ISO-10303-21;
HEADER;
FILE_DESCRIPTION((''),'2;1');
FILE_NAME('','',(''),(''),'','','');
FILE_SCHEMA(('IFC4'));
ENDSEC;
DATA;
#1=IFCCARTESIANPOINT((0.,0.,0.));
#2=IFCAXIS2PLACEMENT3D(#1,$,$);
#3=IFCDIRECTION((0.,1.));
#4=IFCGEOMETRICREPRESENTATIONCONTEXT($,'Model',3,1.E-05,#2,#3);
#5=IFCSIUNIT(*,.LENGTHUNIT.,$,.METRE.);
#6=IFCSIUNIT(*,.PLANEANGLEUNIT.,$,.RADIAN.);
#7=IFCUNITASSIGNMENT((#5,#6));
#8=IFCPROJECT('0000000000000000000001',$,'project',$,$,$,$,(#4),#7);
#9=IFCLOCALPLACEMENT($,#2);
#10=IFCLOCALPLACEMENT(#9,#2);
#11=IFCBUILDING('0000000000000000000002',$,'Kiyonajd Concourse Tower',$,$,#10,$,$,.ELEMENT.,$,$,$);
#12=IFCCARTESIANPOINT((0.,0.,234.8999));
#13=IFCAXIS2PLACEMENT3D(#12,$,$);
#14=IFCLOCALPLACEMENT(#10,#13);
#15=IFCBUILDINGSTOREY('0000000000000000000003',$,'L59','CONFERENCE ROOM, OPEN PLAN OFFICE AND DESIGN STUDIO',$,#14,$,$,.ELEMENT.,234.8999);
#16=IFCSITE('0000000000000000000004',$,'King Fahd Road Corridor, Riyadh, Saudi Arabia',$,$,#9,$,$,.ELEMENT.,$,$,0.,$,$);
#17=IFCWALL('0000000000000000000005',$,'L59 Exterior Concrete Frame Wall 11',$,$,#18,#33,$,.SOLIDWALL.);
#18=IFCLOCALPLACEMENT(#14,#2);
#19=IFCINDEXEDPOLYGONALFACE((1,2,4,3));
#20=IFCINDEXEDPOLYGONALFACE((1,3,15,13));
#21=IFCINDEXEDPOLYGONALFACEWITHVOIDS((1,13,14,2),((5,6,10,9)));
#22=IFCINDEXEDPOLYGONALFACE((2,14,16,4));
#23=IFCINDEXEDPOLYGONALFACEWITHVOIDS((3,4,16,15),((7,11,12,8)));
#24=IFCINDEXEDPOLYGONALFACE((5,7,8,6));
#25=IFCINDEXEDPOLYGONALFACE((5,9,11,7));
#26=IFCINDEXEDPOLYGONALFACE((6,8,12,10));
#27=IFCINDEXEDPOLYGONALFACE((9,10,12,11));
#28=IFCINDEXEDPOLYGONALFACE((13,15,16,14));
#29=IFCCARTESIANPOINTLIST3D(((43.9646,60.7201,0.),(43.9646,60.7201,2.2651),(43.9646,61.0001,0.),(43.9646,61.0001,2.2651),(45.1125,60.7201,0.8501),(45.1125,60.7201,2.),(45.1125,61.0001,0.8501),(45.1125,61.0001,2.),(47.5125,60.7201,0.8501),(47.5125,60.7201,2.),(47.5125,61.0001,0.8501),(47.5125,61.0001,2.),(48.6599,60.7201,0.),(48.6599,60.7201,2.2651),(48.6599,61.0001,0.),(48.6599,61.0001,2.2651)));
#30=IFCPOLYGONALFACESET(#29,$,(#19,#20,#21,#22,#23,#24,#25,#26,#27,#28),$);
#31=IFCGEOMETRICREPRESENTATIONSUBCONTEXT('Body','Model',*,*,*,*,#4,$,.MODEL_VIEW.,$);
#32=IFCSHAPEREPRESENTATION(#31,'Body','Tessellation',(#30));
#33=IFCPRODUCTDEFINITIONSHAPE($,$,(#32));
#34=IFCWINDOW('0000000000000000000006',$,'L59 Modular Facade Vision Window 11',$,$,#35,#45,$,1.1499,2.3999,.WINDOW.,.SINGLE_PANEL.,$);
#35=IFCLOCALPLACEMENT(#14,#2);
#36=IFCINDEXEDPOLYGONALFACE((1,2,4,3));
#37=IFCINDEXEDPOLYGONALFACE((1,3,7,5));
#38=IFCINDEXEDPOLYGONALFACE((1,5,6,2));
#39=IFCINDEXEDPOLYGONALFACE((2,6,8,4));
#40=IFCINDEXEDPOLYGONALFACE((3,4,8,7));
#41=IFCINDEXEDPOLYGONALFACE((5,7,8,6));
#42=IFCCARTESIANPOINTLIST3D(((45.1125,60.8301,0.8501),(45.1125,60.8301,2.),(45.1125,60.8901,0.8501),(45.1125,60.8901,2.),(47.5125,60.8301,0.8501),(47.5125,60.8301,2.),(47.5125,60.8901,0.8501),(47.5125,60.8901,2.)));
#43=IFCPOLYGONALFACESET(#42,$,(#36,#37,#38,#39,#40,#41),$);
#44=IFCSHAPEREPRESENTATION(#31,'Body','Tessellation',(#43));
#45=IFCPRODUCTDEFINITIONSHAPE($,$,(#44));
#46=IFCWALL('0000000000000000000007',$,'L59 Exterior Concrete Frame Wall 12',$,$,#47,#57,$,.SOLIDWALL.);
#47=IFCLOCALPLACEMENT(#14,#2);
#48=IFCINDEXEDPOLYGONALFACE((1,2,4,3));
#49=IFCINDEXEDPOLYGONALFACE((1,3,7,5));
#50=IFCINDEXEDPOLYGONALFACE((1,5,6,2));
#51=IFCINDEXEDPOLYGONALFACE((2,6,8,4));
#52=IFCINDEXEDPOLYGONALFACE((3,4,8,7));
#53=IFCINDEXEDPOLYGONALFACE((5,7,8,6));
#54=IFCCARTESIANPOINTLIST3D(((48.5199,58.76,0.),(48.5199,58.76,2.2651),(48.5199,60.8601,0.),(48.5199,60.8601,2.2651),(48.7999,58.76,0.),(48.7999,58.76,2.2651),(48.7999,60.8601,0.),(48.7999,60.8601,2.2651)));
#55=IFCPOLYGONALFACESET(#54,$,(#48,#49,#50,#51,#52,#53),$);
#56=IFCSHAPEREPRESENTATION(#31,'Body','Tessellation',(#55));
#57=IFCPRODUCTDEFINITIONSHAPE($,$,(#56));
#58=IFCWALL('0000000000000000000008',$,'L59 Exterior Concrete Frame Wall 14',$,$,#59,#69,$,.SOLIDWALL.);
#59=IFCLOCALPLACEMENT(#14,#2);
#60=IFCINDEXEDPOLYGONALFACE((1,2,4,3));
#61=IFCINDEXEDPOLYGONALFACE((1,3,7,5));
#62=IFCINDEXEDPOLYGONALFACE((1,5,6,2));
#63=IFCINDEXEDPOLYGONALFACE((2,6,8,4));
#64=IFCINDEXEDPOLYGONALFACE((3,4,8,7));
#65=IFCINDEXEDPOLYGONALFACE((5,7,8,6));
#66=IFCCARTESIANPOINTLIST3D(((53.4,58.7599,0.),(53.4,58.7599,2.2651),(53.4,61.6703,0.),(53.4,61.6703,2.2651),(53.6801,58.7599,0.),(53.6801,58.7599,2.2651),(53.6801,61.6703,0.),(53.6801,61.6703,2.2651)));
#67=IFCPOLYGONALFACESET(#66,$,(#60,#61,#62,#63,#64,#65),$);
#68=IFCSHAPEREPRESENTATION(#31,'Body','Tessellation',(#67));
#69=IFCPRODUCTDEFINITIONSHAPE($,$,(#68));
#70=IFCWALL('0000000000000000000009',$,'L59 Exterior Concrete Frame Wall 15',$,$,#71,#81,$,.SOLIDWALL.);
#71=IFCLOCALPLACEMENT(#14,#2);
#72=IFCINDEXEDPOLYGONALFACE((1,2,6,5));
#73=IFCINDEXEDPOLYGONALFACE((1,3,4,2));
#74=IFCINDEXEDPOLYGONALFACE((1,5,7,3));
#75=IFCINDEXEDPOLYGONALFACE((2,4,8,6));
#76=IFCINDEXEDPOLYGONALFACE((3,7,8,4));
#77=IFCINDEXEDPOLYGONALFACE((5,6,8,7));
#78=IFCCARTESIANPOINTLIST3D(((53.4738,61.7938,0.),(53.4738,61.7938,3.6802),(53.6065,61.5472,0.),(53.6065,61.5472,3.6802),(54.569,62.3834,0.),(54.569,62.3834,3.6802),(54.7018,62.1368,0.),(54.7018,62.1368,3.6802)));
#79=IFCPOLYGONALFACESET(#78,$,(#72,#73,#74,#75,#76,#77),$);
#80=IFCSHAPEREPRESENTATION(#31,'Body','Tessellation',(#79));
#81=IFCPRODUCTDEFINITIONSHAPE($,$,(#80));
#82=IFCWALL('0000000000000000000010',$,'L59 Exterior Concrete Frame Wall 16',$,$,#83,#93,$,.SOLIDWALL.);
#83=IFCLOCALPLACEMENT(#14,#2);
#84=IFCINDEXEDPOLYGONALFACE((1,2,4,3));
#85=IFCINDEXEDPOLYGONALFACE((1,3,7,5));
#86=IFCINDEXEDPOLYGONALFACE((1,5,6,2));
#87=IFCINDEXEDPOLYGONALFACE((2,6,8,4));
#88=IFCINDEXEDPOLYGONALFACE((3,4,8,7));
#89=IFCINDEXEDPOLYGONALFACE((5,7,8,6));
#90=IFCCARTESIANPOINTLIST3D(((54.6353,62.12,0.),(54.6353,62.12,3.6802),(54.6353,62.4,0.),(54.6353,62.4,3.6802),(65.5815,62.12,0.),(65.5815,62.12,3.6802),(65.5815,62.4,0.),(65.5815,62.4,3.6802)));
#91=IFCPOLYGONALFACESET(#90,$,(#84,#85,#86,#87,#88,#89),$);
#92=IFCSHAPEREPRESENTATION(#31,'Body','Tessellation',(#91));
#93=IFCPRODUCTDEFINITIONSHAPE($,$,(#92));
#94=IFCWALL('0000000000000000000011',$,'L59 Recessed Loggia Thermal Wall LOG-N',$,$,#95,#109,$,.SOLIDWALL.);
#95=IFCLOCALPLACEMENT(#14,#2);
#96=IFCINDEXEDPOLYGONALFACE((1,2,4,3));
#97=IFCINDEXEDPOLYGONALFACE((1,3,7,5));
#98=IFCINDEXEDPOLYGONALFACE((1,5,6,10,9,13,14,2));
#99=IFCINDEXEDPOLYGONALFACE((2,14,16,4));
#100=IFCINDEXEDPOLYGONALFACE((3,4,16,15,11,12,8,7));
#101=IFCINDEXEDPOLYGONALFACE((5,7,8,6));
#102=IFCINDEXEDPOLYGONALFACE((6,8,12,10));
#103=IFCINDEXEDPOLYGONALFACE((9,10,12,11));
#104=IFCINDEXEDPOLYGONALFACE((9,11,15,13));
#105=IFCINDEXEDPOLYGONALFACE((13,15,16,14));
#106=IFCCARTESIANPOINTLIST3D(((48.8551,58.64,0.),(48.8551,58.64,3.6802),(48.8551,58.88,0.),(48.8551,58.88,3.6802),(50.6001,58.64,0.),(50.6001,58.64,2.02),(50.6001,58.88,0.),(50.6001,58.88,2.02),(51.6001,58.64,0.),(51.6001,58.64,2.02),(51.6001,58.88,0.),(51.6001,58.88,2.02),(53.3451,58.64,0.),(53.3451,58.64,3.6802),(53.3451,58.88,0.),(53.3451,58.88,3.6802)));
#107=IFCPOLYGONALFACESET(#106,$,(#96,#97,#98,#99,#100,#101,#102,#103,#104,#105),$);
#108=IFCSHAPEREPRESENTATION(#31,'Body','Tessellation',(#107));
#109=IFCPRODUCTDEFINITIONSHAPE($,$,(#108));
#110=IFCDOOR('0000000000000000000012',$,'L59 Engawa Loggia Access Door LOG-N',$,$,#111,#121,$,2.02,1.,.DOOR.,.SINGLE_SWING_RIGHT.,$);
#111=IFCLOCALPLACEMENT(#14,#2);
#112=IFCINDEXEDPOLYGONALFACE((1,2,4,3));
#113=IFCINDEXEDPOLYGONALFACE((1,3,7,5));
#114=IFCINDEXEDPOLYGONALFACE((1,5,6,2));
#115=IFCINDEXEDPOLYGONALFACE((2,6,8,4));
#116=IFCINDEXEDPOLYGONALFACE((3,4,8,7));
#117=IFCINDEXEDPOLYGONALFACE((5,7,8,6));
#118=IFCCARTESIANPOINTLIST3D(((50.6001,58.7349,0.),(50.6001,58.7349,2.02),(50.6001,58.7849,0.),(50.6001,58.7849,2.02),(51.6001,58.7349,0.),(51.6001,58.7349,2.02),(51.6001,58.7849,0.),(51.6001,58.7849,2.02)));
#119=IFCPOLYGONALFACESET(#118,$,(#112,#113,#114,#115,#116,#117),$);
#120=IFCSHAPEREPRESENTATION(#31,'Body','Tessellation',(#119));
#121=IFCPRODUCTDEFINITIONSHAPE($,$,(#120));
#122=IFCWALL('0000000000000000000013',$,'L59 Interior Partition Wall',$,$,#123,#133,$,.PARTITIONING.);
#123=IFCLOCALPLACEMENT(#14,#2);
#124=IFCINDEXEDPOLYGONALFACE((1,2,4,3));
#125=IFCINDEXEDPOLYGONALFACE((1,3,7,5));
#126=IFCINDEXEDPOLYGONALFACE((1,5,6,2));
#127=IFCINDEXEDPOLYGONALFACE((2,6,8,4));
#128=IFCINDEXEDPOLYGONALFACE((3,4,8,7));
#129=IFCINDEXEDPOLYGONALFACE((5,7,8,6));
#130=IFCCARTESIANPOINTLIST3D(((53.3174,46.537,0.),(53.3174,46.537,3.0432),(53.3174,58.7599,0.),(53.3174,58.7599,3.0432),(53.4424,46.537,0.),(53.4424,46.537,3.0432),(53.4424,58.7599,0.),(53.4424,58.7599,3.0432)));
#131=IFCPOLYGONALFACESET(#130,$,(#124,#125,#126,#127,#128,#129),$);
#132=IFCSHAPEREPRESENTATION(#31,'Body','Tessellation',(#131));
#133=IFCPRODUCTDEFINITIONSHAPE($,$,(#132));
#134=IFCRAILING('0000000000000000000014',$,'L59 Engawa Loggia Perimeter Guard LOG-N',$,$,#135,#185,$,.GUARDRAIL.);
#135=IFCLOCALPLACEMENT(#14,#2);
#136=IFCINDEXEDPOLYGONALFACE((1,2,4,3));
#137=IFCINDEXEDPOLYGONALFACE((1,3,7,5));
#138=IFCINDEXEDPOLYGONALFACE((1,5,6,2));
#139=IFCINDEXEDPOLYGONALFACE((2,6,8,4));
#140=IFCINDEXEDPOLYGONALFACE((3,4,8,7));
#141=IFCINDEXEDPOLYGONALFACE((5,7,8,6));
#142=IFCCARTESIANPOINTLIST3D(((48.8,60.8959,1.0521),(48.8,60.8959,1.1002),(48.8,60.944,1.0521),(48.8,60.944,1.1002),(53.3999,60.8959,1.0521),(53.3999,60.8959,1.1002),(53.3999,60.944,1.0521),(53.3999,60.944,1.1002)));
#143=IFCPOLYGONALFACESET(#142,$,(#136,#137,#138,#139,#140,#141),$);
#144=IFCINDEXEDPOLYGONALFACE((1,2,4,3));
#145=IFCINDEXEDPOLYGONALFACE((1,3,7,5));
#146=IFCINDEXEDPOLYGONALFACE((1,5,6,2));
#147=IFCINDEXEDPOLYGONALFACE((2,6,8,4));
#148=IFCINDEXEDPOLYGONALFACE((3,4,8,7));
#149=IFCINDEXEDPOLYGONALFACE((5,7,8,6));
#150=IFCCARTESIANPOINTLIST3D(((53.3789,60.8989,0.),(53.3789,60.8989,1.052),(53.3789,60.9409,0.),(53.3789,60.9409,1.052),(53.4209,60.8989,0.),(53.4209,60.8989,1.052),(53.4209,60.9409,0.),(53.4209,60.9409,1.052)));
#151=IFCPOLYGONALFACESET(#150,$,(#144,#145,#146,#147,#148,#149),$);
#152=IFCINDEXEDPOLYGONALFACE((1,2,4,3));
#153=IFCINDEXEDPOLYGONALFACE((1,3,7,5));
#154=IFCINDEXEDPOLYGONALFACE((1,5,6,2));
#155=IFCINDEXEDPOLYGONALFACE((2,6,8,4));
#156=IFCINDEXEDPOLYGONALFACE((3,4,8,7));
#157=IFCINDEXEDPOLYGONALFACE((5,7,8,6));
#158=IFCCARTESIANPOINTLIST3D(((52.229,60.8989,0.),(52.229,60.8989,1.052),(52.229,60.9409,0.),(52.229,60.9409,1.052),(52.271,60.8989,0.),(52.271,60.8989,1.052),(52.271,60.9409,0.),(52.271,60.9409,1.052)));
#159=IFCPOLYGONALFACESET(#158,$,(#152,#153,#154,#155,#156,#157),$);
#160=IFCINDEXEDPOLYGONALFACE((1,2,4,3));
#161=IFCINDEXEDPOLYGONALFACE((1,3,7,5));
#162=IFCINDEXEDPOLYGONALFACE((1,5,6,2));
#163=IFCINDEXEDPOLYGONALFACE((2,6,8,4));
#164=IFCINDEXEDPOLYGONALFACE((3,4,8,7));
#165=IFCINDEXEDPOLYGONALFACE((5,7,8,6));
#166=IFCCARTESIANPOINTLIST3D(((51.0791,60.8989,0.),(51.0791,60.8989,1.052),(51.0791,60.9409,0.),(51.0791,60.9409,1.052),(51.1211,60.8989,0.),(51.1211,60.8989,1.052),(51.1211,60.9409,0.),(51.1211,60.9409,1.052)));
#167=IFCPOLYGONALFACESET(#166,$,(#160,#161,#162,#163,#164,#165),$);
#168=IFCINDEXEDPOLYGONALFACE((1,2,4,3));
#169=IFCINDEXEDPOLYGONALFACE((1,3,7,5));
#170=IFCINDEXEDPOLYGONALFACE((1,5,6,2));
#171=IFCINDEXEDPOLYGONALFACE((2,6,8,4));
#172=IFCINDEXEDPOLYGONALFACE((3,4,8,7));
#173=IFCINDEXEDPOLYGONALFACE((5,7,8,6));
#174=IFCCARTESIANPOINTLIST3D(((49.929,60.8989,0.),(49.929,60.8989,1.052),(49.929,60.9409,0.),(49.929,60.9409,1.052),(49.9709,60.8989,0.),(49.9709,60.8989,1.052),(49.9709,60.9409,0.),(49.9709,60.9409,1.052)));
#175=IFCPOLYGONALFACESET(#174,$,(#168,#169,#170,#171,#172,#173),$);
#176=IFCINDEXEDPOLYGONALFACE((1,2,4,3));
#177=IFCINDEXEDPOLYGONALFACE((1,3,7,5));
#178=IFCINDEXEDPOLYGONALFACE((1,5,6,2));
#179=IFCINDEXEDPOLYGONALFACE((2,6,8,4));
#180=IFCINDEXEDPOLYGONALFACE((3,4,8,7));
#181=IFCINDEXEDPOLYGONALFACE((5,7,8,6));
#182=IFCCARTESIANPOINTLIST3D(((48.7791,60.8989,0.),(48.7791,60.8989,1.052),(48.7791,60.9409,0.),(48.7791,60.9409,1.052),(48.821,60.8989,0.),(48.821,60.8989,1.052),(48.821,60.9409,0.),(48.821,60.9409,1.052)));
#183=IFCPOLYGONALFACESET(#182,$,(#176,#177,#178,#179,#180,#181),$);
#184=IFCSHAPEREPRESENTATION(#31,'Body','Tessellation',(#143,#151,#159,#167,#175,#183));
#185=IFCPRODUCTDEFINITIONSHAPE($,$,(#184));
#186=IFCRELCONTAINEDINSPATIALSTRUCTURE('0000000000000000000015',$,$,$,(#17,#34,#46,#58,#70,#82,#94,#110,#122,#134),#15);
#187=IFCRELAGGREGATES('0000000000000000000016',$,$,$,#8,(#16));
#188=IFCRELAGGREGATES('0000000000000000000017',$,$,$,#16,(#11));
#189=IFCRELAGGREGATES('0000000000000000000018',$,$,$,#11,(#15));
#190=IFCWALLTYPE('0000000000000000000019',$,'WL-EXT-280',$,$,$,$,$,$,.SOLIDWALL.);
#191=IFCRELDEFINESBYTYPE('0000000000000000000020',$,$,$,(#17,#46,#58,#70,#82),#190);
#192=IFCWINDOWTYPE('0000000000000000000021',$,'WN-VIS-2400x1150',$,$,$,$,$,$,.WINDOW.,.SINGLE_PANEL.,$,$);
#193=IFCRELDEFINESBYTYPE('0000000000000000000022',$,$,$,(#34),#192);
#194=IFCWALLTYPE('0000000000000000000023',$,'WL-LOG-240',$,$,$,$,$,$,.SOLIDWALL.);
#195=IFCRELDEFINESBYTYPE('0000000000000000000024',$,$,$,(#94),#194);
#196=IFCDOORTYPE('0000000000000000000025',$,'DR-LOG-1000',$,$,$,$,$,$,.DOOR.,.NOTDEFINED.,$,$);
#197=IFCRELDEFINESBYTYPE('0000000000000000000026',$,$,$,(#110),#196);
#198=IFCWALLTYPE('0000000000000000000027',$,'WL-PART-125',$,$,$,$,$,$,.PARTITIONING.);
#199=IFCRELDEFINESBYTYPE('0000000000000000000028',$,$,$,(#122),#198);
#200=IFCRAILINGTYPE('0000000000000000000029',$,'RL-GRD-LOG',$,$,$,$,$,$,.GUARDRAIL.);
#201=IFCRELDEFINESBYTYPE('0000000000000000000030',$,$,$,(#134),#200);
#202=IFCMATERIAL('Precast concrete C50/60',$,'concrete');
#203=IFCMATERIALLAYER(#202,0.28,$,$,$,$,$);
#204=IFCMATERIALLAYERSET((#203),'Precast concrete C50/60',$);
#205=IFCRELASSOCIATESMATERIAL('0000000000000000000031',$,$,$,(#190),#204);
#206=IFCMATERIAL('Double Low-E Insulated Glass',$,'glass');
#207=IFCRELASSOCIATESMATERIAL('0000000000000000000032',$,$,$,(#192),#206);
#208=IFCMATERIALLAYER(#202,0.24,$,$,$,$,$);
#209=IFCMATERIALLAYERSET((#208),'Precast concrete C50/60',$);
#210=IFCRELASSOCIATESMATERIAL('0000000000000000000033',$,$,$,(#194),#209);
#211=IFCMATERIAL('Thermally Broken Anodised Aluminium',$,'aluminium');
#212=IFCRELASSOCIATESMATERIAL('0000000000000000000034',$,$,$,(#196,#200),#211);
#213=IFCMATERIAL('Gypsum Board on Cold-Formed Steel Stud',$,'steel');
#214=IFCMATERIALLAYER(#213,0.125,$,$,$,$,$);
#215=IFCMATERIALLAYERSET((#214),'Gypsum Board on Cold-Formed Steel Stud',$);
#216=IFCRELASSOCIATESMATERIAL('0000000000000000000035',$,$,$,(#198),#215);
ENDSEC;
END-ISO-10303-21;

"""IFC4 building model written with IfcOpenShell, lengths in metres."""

from ifc_helpers import new_model, si_unit, direction, frame, frame_2d, origin, origin_2d, place, context, subcontext, project, spatial, rectangle, extrude, material, layer, layer_set, type_object, element, fill, save


model = new_model("IFC4")

# Units and contexts
model_context = context("Model", 3, precision=1e-05, world=origin(), true_north=direction((0.0, 1.0)))
body_context = subcontext(model_context, "Body", "Model", "MODEL_VIEW")
ifc_project = project(units=[si_unit("LENGTHUNIT", "METRE"), si_unit("PLANEANGLEUNIT", "RADIAN")], contexts=[model_context])

# Site, building, storey
site_placement = place(None, origin())
site = spatial("IfcSite", under=ifc_project, at=site_placement, Name="King Fahd Road Corridor, Riyadh, Saudi Arabia", CompositionType="ELEMENT", RefElevation=0.0)
building_placement = place(site_placement, origin())
building = spatial("IfcBuilding", under=site, at=building_placement, Name="Kiyonajd Concourse Tower", CompositionType="ELEMENT")
storey_placement = place(building_placement, frame((0.0, 0.0, 234.8999)))
storey = spatial("IfcBuildingStorey", under=building, at=storey_placement, Name="L59", Description="CONFERENCE ROOM, OPEN PLAN OFFICE AND DESIGN STUDIO", CompositionType="ELEMENT", Elevation=234.8999)

# Shared definitions
ifc_material_1 = material(Name="Thermally Broken Anodised Aluminium", Category="aluminium")

# Wall, opening, window
ifc_material_2 = material(Name="Precast concrete C50/60", Category="concrete")
ifc_layer_1 = layer(ifc_material_2, 0.28)
ifc_layer_set_1 = layer_set([ifc_layer_1], Name="Precast concrete C50/60")
wall_type_1 = type_object("IfcWallType", Name="WL-EXT-280", PredefinedType="SOLIDWALL", material=ifc_layer_set_1)
wall_1_placement = place(storey_placement, frame((43.9646, 60.8601, 0.0), z_axis=(0.0, 0.0, 1.0), x_axis=(1.0, 0.0, 0.0)))
wall_1 = element("IfcWall", 1, at=wall_1_placement, inside=storey, type_object=wall_type_1, Name="L59 Exterior Concrete Frame Wall 11", PredefinedType="SOLIDWALL", context=body_context, shape_type="SweptSolid", body=[
    extrude(rectangle(XDim=4.6953, YDim=0.28, at=frame_2d((2.3477, 0.0))), origin(), (0.0, 0.0, 1.0), 2.2651),
])
opening_1_placement = place(wall_1_placement, frame((1.1479, 0.0, 0.8501)))
opening_1 = element("IfcOpeningElement", 2, at=opening_1_placement, cuts=wall_1, PredefinedType="OPENING", context=body_context, shape_type="SweptSolid", body=[
    extrude(rectangle(XDim=2.3999, YDim=1.1499, at=frame_2d((1.2, 0.575))), frame((0.0, 0.1499, 0.0), z_axis=(0.0, -1.0, 0.0), x_axis=(1.0, 0.0, 0.0)), (0.0, 0.0, 1.0), 0.3),
])
ifc_material_3 = material(Name="Double Low-E Insulated Glass", Category="glass")
window_type = type_object("IfcWindowType", Name="WN-VIS-2400x1150", PartitioningType="SINGLE_PANEL", PredefinedType="WINDOW", material=ifc_material_3)
window_placement = place(opening_1_placement, origin())
window = element("IfcWindow", 3, at=window_placement, inside=storey, type_object=window_type, Name="L59 Modular Facade Vision Window 11", OverallHeight=1.1499, OverallWidth=2.3999, PartitioningType="SINGLE_PANEL", PredefinedType="WINDOW", context=body_context, shape_type="SweptSolid", body=[
    extrude(rectangle(XDim=2.3999, YDim=1.1499, at=frame_2d((1.2, 0.575))), frame((0.0, 0.03, 0.0), z_axis=(0.0, -1.0, 0.0), x_axis=(1.0, 0.0, 0.0)), (0.0, 0.0, 1.0), 0.0601),
])
fill(opening_1, window)

# Walls
wall_2_placement = place(storey_placement, frame((48.6599, 60.8601, 0.0), z_axis=(0.0, 0.0, 1.0), x_axis=(0.0, -1.0, 0.0)))
element("IfcWall", 4, at=wall_2_placement, inside=storey, type_object=wall_type_1, Name="L59 Exterior Concrete Frame Wall 12", PredefinedType="SOLIDWALL", context=body_context, shape_type="SweptSolid", body=[
    extrude(rectangle(XDim=2.1001, YDim=0.28, at=frame_2d((1.05, 0.0))), origin(), (0.0, 0.0, 1.0), 2.2651),
])
wall_3_placement = place(storey_placement, frame((53.54, 58.76, 0.0), z_axis=(0.0, 0.0, 1.0), x_axis=(0.0, 1.0, 0.0)))
element("IfcWall", 5, at=wall_3_placement, inside=storey, type_object=wall_type_1, Name="L59 Exterior Concrete Frame Wall 14", PredefinedType="SOLIDWALL", context=body_context, shape_type="SweptSolid", body=[
    extrude(rectangle(XDim=2.9104, YDim=0.28, at=frame_2d((1.4551, 0.0))), origin(), (0.0, 0.0, 1.0), 2.2651),
])
wall_4_placement = place(storey_placement, frame((53.54, 61.6704, 0.0), z_axis=(0.0, 0.0, 1.0), x_axis=(0.880515, 0.474018, 0.0)))
element("IfcWall", 6, at=wall_4_placement, inside=storey, type_object=wall_type_1, Name="L59 Exterior Concrete Frame Wall 15", PredefinedType="SOLIDWALL", context=body_context, shape_type="SweptSolid", body=[
    extrude(rectangle(XDim=1.2439, YDim=0.28, at=frame_2d((0.6221, 0.0))), origin(), (0.0, 0.0, 1.0), 3.6802),
])
wall_5_placement = place(storey_placement, frame((54.6353, 62.26, 0.0), z_axis=(0.0, 0.0, 1.0), x_axis=(1.0, 0.0, 0.0)))
element("IfcWall", 7, at=wall_5_placement, inside=storey, type_object=wall_type_1, Name="L59 Exterior Concrete Frame Wall 16", PredefinedType="SOLIDWALL", context=body_context, shape_type="SweptSolid", body=[
    extrude(rectangle(XDim=10.9463, YDim=0.28, at=frame_2d((5.4731, 0.0))), origin(), (0.0, 0.0, 1.0), 3.6802),
])

# Wall, opening, door
ifc_layer_2 = layer(ifc_material_2, 0.24)
ifc_layer_set_2 = layer_set([ifc_layer_2], Name="Precast concrete C50/60")
wall_type_2 = type_object("IfcWallType", Name="WL-LOG-240", PredefinedType="SOLIDWALL", material=ifc_layer_set_2)
wall_6_placement = place(storey_placement, frame((48.855, 58.76, 0.0), z_axis=(0.0, 0.0, 1.0), x_axis=(1.0, 0.0, 0.0)))
wall_6 = element("IfcWall", 8, at=wall_6_placement, inside=storey, type_object=wall_type_2, Name="L59 Recessed Loggia Thermal Wall LOG-N", PredefinedType="SOLIDWALL", context=body_context, shape_type="SweptSolid", body=[
    extrude(rectangle(XDim=4.49, YDim=0.24, at=frame_2d((2.2451, 0.0))), origin(), (0.0, 0.0, 1.0), 3.6802),
])
opening_2_placement = place(wall_6_placement, frame((1.7451, 0.0, 0.0)))
opening_2 = element("IfcOpeningElement", 9, at=opening_2_placement, cuts=wall_6, PredefinedType="OPENING", context=body_context, shape_type="SweptSolid", body=[
    extrude(rectangle(XDim=1.0, YDim=2.02, at=frame_2d((0.5, 1.01))), frame((0.0, 0.1299, 0.0), z_axis=(0.0, -1.0, 0.0), x_axis=(1.0, 0.0, 0.0)), (0.0, 0.0, 1.0), 0.26),
])
door_type = type_object("IfcDoorType", Name="DR-LOG-1000", OperationType="NOTDEFINED", PredefinedType="DOOR", material=ifc_material_1)
door_placement = place(opening_2_placement, origin())
door = element("IfcDoor", 10, at=door_placement, inside=storey, type_object=door_type, Name="L59 Engawa Loggia Access Door LOG-N", OperationType="SINGLE_SWING_RIGHT", OverallHeight=2.02, OverallWidth=1.0, PredefinedType="DOOR", context=body_context, shape_type="SweptSolid", body=[
    extrude(rectangle(XDim=1.0, YDim=2.02, at=frame_2d((0.5, 1.01))), frame((0.0, 0.0249, 0.0), z_axis=(0.0, -1.0, 0.0), x_axis=(1.0, 0.0, 0.0)), (0.0, 0.0, 1.0), 0.05),
])
fill(opening_2, door)

# Wall
ifc_material_4 = material(Name="Gypsum Board on Cold-Formed Steel Stud", Category="steel")
ifc_layer_3 = layer(ifc_material_4, 0.125)
ifc_layer_set_3 = layer_set([ifc_layer_3], Name="Gypsum Board on Cold-Formed Steel Stud")
wall_type_3 = type_object("IfcWallType", Name="WL-PART-125", PredefinedType="PARTITIONING", material=ifc_layer_set_3)
wall_7_placement = place(storey_placement, frame((53.3799, 46.5371, 0.0), z_axis=(0.0, 0.0, 1.0), x_axis=(0.0, 1.0, 0.0)))
element("IfcWall", 11, at=wall_7_placement, inside=storey, type_object=wall_type_3, Name="L59 Interior Partition Wall", PredefinedType="PARTITIONING", context=body_context, shape_type="SweptSolid", body=[
    extrude(rectangle(XDim=12.2229, YDim=0.125, at=frame_2d((6.1113, 0.0))), origin(), (0.0, 0.0, 1.0), 3.0432),
])

# Railing
railing_type = type_object("IfcRailingType", Name="RL-GRD-LOG", PredefinedType="GUARDRAIL", material=ifc_material_1)
railing_placement = place(storey_placement, frame((53.3999, 60.9199, 0.0)))
element("IfcRailing", 12, at=railing_placement, inside=storey, type_object=railing_type, Name="L59 Engawa Loggia Perimeter Guard LOG-N", PredefinedType="GUARDRAIL", context=body_context, shape_type="SweptSolid", body=[
    extrude(rectangle(XDim=0.0481, YDim=0.0481, at=origin_2d()), frame((0.0, 0.0, 1.0762), z_axis=(-1.0, 0.0, 0.0), x_axis=(0.0, -1.0, 0.0)), (0.0, 0.0, 1.0), 4.5999),
    extrude(rectangle(XDim=0.042, YDim=0.042, at=origin_2d()), origin(), (0.0, 0.0, 1.0), 1.052),
    extrude(rectangle(XDim=0.042, YDim=0.042, at=origin_2d()), frame((-1.1499, 0.0, 0.0)), (0.0, 0.0, 1.0), 1.052),
    extrude(rectangle(XDim=0.042, YDim=0.042, at=origin_2d()), frame((-2.2998, 0.0, 0.0)), (0.0, 0.0, 1.0), 1.052),
    extrude(rectangle(XDim=0.042, YDim=0.042, at=origin_2d()), frame((-3.45, 0.0, 0.0)), (0.0, 0.0, 1.0), 1.052),
    extrude(rectangle(XDim=0.042, YDim=0.042, at=origin_2d()), frame((-4.5999, 0.0, 0.0)), (0.0, 0.0, 1.0), 1.052),
])

save(model, "model.ifc")
